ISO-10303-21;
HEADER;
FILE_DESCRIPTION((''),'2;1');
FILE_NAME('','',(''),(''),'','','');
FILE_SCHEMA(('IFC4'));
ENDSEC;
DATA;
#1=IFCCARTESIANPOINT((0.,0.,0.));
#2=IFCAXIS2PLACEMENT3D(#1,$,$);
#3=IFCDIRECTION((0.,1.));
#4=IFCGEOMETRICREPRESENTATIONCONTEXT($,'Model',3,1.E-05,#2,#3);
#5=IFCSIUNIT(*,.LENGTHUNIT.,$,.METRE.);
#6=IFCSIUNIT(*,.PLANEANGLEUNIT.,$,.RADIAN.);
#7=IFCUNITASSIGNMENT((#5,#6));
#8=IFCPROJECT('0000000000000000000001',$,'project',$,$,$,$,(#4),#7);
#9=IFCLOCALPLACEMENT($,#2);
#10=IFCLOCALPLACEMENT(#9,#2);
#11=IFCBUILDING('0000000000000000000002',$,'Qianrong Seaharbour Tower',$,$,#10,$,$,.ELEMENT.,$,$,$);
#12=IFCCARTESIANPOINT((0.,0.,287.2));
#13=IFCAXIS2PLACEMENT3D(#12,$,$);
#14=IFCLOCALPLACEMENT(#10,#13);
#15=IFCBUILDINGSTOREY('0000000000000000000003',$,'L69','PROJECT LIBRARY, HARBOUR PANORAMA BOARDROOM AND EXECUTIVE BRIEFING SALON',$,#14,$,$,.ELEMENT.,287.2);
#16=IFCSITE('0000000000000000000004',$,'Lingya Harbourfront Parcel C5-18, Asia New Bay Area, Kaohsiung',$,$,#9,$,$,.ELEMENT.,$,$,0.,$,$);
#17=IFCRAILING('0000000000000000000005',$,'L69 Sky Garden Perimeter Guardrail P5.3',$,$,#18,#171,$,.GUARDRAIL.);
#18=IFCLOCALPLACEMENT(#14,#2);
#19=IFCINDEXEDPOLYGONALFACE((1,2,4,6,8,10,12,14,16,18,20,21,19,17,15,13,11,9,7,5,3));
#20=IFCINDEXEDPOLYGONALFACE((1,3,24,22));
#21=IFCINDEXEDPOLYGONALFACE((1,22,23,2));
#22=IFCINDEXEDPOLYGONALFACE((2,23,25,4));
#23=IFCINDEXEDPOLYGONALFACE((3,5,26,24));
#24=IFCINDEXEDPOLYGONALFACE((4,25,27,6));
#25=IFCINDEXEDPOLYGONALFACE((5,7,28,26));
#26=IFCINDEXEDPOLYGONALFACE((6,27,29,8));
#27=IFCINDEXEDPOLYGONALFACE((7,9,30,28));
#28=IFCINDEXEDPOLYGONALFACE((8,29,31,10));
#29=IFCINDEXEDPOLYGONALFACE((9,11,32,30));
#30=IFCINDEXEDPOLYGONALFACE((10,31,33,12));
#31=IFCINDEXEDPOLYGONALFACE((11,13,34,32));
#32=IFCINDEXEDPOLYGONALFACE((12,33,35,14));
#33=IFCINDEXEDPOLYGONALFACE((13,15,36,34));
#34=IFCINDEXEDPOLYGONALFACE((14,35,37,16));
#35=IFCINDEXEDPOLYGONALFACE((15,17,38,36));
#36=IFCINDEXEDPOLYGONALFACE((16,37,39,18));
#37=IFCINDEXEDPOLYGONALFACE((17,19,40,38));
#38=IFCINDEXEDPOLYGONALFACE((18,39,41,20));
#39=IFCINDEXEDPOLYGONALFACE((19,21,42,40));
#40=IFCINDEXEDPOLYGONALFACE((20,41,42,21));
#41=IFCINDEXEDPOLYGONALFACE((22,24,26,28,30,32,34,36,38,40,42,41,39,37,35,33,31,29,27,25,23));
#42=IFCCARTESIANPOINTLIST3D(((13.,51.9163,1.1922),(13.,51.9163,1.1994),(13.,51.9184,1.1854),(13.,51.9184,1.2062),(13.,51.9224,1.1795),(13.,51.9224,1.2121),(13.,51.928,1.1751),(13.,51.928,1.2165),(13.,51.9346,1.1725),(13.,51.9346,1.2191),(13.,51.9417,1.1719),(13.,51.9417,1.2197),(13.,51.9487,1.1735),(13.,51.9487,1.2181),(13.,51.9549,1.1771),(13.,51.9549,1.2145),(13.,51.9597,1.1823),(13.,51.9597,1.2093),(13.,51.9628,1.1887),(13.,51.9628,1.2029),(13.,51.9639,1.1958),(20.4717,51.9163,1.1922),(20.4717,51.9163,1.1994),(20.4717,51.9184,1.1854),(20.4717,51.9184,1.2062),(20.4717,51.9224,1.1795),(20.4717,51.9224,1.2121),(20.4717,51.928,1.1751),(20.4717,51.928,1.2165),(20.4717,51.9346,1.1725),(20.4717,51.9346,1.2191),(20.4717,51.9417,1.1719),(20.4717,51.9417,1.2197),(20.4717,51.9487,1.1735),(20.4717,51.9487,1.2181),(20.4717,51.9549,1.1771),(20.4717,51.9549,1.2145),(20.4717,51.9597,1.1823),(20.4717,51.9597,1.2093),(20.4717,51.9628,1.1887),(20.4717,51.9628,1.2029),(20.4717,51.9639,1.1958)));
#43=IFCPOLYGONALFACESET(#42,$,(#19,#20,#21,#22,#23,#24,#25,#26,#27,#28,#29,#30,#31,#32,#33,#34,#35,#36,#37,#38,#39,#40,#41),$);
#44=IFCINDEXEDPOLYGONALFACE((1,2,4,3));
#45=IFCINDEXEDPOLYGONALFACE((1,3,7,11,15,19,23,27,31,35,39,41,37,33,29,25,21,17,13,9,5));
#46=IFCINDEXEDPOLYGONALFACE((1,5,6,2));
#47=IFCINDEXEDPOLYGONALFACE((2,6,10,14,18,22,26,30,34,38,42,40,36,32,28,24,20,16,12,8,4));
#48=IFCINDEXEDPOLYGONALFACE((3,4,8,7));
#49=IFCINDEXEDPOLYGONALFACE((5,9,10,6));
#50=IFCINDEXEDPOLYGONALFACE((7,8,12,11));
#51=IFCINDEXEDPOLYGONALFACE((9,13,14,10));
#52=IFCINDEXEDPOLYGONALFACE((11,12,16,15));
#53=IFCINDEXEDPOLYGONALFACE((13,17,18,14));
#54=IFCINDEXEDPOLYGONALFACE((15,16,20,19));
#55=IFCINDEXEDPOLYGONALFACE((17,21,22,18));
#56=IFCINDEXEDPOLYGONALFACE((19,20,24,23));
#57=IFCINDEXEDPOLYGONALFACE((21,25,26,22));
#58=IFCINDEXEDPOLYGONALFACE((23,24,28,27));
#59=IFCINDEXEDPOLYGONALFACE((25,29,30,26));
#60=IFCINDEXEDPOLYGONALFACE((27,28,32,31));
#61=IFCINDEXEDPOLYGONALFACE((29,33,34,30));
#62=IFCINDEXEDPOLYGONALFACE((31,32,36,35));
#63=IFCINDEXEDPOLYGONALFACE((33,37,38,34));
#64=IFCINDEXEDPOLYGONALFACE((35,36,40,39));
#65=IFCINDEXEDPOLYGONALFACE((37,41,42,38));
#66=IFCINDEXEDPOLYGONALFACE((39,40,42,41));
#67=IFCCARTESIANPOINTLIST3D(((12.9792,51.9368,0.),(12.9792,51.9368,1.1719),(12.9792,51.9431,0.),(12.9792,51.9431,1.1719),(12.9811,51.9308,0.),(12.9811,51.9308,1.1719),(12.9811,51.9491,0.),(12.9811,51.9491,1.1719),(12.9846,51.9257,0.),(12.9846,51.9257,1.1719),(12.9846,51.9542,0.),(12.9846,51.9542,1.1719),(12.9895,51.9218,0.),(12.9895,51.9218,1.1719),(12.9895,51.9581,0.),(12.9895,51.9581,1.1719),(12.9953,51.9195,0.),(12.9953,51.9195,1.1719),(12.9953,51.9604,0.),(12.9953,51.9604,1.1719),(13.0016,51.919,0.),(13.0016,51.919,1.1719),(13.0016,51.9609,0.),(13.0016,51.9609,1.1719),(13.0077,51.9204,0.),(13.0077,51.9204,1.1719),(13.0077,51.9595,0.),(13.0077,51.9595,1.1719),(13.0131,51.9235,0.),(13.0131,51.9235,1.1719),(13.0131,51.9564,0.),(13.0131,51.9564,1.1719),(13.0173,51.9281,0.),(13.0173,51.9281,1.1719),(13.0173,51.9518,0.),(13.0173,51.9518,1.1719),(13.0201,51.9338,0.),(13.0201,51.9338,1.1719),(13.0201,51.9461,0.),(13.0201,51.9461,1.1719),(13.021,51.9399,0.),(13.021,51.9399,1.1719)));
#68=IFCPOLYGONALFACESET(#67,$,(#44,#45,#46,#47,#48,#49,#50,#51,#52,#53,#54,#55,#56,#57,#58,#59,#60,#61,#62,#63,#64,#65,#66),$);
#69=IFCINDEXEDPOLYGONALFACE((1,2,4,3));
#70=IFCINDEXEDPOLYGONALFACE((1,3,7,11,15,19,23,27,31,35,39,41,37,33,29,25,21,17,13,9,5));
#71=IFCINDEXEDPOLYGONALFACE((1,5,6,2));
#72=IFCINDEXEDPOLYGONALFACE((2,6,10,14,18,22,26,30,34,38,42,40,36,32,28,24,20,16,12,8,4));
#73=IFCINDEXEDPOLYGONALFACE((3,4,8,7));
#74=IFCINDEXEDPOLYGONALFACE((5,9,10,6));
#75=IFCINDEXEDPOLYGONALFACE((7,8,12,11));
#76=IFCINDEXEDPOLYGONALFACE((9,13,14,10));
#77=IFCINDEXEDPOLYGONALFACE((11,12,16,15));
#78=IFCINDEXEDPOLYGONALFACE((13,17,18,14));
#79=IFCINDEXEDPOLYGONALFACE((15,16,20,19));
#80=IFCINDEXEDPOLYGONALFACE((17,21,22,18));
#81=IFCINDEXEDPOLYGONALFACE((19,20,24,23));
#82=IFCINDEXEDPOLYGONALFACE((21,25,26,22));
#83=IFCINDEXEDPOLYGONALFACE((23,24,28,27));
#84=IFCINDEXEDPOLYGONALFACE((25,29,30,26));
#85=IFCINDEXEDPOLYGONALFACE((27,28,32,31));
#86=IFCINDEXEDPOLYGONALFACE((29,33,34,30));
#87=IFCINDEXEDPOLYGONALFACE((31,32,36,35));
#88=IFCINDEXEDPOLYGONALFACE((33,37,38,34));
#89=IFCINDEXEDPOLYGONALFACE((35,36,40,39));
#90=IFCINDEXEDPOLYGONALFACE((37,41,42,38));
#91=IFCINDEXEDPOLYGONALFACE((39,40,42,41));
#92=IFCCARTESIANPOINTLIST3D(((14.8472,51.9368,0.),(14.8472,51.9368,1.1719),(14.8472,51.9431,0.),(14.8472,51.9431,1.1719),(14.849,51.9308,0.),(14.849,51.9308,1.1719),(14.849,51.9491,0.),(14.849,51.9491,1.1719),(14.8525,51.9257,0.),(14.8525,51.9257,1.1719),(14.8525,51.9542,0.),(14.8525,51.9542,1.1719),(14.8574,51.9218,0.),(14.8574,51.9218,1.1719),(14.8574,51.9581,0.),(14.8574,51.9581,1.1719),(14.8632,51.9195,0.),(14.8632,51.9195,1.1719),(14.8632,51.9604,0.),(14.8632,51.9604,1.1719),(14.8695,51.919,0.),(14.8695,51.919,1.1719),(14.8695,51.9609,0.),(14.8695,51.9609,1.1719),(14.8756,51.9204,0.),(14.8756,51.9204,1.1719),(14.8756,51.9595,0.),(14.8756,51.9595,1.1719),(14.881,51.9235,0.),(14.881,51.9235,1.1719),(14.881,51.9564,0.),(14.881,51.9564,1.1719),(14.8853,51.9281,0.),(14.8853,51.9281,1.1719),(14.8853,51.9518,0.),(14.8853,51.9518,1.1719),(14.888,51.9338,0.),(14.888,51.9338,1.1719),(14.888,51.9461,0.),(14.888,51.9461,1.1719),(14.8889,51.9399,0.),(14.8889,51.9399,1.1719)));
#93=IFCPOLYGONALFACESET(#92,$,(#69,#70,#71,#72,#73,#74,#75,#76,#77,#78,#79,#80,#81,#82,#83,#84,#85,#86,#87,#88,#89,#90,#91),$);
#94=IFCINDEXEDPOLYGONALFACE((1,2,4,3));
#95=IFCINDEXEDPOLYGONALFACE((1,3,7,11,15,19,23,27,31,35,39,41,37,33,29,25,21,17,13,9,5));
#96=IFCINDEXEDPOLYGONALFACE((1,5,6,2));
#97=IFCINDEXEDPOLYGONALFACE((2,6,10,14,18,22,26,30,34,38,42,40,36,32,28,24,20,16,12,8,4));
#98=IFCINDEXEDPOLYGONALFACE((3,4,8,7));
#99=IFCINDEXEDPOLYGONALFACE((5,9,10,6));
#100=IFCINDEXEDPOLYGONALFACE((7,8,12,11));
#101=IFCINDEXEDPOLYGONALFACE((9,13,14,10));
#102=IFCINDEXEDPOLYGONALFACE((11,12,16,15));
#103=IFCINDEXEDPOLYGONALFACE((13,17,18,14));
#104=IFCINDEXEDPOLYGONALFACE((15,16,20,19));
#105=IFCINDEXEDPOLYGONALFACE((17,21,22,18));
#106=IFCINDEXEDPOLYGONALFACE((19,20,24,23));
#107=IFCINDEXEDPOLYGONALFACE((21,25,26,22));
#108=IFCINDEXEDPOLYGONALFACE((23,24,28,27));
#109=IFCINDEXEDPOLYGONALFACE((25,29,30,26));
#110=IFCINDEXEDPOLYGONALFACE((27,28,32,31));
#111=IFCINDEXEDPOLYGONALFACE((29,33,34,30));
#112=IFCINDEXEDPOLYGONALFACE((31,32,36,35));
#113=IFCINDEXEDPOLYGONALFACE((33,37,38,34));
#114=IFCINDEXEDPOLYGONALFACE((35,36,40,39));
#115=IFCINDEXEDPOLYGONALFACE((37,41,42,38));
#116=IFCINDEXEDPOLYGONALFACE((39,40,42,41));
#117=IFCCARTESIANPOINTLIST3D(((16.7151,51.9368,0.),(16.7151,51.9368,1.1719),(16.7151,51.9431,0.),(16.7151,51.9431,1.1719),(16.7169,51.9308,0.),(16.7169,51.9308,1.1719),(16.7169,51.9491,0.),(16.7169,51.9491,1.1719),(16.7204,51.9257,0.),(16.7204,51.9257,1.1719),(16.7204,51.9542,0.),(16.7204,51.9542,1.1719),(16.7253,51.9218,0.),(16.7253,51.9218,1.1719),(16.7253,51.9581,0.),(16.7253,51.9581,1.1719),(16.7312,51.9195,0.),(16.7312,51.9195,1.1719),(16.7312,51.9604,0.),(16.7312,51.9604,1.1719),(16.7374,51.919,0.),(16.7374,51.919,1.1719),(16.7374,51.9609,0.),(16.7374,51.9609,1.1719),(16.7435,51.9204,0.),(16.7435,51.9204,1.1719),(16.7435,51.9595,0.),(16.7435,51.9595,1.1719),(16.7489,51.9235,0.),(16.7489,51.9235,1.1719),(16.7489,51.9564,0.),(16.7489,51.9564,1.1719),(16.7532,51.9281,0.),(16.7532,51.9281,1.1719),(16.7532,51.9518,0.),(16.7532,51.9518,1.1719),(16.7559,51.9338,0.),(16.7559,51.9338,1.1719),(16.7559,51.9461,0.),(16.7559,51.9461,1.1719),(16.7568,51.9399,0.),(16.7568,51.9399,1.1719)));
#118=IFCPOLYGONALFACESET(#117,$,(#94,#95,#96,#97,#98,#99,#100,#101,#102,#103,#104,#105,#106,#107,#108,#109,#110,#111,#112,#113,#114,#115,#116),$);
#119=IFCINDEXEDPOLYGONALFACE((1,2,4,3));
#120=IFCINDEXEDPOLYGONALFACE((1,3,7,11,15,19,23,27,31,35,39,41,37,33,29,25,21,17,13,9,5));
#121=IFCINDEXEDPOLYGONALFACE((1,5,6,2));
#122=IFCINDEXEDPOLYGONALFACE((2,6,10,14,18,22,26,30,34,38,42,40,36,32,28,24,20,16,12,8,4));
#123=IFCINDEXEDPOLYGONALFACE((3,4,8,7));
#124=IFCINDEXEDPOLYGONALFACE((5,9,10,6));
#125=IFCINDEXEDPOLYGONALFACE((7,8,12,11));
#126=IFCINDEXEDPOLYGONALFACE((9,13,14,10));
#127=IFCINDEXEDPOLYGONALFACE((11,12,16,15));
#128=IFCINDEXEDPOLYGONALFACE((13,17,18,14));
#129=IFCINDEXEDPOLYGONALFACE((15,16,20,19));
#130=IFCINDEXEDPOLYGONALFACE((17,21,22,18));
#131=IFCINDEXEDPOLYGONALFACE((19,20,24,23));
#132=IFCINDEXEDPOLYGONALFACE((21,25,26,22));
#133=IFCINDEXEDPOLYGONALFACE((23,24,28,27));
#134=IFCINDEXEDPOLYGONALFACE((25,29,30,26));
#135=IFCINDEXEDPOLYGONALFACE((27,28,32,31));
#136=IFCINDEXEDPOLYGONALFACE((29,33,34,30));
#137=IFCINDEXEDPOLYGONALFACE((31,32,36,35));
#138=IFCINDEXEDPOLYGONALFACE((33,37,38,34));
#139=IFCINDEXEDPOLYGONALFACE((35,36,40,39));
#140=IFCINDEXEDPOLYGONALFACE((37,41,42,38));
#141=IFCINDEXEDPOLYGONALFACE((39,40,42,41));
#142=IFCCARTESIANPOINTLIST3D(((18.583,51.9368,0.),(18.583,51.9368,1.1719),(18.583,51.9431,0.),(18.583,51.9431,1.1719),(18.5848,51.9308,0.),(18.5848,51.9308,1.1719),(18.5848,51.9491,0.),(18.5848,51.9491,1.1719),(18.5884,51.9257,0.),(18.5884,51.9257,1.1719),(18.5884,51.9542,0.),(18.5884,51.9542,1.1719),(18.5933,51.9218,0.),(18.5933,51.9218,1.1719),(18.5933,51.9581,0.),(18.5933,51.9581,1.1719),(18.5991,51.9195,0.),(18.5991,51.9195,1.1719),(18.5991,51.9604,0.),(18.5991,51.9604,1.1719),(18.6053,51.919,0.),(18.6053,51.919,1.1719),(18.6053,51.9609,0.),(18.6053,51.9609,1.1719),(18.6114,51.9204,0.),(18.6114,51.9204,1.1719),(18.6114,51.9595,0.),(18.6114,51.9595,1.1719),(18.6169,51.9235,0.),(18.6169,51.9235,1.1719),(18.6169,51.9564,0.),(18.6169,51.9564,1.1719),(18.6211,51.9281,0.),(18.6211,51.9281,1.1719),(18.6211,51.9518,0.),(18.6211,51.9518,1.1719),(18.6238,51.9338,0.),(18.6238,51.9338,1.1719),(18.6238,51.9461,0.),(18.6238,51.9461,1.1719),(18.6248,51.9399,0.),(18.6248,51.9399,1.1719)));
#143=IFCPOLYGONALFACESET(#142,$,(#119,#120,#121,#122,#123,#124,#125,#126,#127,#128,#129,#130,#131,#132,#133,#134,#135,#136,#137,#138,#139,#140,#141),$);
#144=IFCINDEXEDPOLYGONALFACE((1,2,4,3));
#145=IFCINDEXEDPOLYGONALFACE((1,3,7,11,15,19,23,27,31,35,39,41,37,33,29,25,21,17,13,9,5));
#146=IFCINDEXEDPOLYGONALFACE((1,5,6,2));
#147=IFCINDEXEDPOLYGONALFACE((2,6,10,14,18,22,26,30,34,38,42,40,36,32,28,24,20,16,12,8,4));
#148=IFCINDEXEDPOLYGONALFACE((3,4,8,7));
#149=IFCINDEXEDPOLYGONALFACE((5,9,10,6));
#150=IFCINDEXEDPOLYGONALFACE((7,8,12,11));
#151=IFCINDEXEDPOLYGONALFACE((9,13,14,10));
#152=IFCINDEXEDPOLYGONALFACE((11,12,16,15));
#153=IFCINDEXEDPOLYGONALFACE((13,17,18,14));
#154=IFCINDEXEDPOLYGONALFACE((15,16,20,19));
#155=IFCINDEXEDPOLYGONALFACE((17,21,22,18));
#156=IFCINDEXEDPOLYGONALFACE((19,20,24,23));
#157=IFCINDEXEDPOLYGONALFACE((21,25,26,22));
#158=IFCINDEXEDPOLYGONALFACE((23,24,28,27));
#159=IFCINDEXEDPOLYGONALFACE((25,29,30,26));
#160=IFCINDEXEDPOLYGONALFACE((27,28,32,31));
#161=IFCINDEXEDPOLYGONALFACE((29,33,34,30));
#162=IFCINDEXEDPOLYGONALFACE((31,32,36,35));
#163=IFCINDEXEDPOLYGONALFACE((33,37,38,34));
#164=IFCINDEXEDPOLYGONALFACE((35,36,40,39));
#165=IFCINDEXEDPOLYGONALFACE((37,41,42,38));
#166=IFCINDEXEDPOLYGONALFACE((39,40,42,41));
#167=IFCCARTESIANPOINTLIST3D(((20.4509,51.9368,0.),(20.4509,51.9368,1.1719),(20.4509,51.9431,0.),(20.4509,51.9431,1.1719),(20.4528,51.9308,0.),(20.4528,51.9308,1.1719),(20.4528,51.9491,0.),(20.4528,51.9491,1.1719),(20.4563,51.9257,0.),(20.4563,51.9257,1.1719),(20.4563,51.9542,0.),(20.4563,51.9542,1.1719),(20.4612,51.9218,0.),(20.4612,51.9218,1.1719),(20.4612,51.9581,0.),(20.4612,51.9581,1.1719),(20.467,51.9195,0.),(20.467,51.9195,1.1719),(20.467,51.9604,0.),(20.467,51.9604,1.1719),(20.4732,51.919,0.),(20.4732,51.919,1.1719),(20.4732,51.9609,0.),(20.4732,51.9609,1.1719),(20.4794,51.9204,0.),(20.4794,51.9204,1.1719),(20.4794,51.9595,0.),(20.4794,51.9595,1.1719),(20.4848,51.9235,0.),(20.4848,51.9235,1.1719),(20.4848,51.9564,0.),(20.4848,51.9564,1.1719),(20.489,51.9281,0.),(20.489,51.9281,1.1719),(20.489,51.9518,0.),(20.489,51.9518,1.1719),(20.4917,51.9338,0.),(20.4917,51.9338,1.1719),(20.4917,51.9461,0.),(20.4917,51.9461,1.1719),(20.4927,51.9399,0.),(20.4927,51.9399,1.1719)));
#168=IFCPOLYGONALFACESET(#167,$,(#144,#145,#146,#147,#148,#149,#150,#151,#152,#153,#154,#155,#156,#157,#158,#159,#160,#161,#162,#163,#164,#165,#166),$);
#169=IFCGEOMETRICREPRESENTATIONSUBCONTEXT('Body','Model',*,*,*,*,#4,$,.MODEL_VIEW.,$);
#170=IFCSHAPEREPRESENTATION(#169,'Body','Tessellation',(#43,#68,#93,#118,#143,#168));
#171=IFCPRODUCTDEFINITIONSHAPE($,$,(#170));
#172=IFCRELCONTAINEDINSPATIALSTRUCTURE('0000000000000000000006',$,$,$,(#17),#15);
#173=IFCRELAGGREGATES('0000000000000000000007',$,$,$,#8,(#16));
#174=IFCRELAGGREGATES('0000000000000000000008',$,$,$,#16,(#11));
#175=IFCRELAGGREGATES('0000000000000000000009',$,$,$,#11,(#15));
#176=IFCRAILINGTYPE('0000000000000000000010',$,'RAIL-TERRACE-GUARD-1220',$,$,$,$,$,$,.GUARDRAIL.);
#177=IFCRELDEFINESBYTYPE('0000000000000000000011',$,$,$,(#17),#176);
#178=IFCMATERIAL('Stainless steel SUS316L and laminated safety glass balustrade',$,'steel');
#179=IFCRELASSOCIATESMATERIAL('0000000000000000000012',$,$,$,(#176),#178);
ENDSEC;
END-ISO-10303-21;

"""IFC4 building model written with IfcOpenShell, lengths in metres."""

from ifc_helpers import new_model, si_unit, direction, frame, origin, origin_2d, place, context, subcontext, project, spatial, circle, extrude, material, type_object, element, save


model = new_model("IFC4")

# Units and contexts
model_context = context("Model", 3, precision=1e-05, world=origin(), true_north=direction((0.0, 1.0)))
body_context = subcontext(model_context, "Body", "Model", "MODEL_VIEW")
ifc_project = project(units=[si_unit("LENGTHUNIT", "METRE"), si_unit("PLANEANGLEUNIT", "RADIAN")], contexts=[model_context])

# Site, building, storey
site_placement = place(None, origin())
site = spatial("IfcSite", under=ifc_project, at=site_placement, Name="Lingya Harbourfront Parcel C5-18, Asia New Bay Area, Kaohsiung", CompositionType="ELEMENT", RefElevation=0.0)
building_placement = place(site_placement, origin())
building = spatial("IfcBuilding", under=site, at=building_placement, Name="Qianrong Seaharbour Tower", CompositionType="ELEMENT")
storey_placement = place(building_placement, frame((0.0, 0.0, 287.2)))
storey = spatial("IfcBuildingStorey", under=building, at=storey_placement, Name="L69", Description="PROJECT LIBRARY, HARBOUR PANORAMA BOARDROOM AND EXECUTIVE BRIEFING SALON", CompositionType="ELEMENT", Elevation=287.2)

# Railing
ifc_material_1 = material(Name="Stainless steel SUS316L and laminated safety glass balustrade", Category="steel")
railing_type = type_object("IfcRailingType", Name="RAIL-TERRACE-GUARD-1220", PredefinedType="GUARDRAIL", material=ifc_material_1)
railing_1_placement = place(storey_placement, frame((13.0, 51.9399, 0.0)))
element("IfcRailing", 1, at=railing_1_placement, inside=storey, type_object=railing_type, Name="L69 Sky Garden Perimeter Guardrail P5.3", PredefinedType="GUARDRAIL", context=body_context, shape_type="SweptSolid", body=[
    extrude(circle(Radius=0.0239, at=origin_2d()), frame((0.0, 0.0, 1.1958), z_axis=(1.0, 0.0, 0.0), x_axis=(0.0, 1.0, 0.0)), (0.0, 0.0, 1.0), 7.4717),
    extrude(circle(Radius=0.021, at=origin_2d()), origin(), (0.0, 0.0, 1.0), 1.1719),
    extrude(circle(Radius=0.021, at=origin_2d()), frame((1.8679, 0.0, 0.0)), (0.0, 0.0, 1.0), 1.1719),
    extrude(circle(Radius=0.021, at=origin_2d()), frame((3.7358, 0.0, 0.0)), (0.0, 0.0, 1.0), 1.1719),
    extrude(circle(Radius=0.021, at=origin_2d()), frame((5.6038, 0.0, 0.0)), (0.0, 0.0, 1.0), 1.1719),
    extrude(circle(Radius=0.021, at=origin_2d()), frame((7.4717, 0.0, 0.0)), (0.0, 0.0, 1.0), 1.1719),
])

save(model, "model.ifc")
